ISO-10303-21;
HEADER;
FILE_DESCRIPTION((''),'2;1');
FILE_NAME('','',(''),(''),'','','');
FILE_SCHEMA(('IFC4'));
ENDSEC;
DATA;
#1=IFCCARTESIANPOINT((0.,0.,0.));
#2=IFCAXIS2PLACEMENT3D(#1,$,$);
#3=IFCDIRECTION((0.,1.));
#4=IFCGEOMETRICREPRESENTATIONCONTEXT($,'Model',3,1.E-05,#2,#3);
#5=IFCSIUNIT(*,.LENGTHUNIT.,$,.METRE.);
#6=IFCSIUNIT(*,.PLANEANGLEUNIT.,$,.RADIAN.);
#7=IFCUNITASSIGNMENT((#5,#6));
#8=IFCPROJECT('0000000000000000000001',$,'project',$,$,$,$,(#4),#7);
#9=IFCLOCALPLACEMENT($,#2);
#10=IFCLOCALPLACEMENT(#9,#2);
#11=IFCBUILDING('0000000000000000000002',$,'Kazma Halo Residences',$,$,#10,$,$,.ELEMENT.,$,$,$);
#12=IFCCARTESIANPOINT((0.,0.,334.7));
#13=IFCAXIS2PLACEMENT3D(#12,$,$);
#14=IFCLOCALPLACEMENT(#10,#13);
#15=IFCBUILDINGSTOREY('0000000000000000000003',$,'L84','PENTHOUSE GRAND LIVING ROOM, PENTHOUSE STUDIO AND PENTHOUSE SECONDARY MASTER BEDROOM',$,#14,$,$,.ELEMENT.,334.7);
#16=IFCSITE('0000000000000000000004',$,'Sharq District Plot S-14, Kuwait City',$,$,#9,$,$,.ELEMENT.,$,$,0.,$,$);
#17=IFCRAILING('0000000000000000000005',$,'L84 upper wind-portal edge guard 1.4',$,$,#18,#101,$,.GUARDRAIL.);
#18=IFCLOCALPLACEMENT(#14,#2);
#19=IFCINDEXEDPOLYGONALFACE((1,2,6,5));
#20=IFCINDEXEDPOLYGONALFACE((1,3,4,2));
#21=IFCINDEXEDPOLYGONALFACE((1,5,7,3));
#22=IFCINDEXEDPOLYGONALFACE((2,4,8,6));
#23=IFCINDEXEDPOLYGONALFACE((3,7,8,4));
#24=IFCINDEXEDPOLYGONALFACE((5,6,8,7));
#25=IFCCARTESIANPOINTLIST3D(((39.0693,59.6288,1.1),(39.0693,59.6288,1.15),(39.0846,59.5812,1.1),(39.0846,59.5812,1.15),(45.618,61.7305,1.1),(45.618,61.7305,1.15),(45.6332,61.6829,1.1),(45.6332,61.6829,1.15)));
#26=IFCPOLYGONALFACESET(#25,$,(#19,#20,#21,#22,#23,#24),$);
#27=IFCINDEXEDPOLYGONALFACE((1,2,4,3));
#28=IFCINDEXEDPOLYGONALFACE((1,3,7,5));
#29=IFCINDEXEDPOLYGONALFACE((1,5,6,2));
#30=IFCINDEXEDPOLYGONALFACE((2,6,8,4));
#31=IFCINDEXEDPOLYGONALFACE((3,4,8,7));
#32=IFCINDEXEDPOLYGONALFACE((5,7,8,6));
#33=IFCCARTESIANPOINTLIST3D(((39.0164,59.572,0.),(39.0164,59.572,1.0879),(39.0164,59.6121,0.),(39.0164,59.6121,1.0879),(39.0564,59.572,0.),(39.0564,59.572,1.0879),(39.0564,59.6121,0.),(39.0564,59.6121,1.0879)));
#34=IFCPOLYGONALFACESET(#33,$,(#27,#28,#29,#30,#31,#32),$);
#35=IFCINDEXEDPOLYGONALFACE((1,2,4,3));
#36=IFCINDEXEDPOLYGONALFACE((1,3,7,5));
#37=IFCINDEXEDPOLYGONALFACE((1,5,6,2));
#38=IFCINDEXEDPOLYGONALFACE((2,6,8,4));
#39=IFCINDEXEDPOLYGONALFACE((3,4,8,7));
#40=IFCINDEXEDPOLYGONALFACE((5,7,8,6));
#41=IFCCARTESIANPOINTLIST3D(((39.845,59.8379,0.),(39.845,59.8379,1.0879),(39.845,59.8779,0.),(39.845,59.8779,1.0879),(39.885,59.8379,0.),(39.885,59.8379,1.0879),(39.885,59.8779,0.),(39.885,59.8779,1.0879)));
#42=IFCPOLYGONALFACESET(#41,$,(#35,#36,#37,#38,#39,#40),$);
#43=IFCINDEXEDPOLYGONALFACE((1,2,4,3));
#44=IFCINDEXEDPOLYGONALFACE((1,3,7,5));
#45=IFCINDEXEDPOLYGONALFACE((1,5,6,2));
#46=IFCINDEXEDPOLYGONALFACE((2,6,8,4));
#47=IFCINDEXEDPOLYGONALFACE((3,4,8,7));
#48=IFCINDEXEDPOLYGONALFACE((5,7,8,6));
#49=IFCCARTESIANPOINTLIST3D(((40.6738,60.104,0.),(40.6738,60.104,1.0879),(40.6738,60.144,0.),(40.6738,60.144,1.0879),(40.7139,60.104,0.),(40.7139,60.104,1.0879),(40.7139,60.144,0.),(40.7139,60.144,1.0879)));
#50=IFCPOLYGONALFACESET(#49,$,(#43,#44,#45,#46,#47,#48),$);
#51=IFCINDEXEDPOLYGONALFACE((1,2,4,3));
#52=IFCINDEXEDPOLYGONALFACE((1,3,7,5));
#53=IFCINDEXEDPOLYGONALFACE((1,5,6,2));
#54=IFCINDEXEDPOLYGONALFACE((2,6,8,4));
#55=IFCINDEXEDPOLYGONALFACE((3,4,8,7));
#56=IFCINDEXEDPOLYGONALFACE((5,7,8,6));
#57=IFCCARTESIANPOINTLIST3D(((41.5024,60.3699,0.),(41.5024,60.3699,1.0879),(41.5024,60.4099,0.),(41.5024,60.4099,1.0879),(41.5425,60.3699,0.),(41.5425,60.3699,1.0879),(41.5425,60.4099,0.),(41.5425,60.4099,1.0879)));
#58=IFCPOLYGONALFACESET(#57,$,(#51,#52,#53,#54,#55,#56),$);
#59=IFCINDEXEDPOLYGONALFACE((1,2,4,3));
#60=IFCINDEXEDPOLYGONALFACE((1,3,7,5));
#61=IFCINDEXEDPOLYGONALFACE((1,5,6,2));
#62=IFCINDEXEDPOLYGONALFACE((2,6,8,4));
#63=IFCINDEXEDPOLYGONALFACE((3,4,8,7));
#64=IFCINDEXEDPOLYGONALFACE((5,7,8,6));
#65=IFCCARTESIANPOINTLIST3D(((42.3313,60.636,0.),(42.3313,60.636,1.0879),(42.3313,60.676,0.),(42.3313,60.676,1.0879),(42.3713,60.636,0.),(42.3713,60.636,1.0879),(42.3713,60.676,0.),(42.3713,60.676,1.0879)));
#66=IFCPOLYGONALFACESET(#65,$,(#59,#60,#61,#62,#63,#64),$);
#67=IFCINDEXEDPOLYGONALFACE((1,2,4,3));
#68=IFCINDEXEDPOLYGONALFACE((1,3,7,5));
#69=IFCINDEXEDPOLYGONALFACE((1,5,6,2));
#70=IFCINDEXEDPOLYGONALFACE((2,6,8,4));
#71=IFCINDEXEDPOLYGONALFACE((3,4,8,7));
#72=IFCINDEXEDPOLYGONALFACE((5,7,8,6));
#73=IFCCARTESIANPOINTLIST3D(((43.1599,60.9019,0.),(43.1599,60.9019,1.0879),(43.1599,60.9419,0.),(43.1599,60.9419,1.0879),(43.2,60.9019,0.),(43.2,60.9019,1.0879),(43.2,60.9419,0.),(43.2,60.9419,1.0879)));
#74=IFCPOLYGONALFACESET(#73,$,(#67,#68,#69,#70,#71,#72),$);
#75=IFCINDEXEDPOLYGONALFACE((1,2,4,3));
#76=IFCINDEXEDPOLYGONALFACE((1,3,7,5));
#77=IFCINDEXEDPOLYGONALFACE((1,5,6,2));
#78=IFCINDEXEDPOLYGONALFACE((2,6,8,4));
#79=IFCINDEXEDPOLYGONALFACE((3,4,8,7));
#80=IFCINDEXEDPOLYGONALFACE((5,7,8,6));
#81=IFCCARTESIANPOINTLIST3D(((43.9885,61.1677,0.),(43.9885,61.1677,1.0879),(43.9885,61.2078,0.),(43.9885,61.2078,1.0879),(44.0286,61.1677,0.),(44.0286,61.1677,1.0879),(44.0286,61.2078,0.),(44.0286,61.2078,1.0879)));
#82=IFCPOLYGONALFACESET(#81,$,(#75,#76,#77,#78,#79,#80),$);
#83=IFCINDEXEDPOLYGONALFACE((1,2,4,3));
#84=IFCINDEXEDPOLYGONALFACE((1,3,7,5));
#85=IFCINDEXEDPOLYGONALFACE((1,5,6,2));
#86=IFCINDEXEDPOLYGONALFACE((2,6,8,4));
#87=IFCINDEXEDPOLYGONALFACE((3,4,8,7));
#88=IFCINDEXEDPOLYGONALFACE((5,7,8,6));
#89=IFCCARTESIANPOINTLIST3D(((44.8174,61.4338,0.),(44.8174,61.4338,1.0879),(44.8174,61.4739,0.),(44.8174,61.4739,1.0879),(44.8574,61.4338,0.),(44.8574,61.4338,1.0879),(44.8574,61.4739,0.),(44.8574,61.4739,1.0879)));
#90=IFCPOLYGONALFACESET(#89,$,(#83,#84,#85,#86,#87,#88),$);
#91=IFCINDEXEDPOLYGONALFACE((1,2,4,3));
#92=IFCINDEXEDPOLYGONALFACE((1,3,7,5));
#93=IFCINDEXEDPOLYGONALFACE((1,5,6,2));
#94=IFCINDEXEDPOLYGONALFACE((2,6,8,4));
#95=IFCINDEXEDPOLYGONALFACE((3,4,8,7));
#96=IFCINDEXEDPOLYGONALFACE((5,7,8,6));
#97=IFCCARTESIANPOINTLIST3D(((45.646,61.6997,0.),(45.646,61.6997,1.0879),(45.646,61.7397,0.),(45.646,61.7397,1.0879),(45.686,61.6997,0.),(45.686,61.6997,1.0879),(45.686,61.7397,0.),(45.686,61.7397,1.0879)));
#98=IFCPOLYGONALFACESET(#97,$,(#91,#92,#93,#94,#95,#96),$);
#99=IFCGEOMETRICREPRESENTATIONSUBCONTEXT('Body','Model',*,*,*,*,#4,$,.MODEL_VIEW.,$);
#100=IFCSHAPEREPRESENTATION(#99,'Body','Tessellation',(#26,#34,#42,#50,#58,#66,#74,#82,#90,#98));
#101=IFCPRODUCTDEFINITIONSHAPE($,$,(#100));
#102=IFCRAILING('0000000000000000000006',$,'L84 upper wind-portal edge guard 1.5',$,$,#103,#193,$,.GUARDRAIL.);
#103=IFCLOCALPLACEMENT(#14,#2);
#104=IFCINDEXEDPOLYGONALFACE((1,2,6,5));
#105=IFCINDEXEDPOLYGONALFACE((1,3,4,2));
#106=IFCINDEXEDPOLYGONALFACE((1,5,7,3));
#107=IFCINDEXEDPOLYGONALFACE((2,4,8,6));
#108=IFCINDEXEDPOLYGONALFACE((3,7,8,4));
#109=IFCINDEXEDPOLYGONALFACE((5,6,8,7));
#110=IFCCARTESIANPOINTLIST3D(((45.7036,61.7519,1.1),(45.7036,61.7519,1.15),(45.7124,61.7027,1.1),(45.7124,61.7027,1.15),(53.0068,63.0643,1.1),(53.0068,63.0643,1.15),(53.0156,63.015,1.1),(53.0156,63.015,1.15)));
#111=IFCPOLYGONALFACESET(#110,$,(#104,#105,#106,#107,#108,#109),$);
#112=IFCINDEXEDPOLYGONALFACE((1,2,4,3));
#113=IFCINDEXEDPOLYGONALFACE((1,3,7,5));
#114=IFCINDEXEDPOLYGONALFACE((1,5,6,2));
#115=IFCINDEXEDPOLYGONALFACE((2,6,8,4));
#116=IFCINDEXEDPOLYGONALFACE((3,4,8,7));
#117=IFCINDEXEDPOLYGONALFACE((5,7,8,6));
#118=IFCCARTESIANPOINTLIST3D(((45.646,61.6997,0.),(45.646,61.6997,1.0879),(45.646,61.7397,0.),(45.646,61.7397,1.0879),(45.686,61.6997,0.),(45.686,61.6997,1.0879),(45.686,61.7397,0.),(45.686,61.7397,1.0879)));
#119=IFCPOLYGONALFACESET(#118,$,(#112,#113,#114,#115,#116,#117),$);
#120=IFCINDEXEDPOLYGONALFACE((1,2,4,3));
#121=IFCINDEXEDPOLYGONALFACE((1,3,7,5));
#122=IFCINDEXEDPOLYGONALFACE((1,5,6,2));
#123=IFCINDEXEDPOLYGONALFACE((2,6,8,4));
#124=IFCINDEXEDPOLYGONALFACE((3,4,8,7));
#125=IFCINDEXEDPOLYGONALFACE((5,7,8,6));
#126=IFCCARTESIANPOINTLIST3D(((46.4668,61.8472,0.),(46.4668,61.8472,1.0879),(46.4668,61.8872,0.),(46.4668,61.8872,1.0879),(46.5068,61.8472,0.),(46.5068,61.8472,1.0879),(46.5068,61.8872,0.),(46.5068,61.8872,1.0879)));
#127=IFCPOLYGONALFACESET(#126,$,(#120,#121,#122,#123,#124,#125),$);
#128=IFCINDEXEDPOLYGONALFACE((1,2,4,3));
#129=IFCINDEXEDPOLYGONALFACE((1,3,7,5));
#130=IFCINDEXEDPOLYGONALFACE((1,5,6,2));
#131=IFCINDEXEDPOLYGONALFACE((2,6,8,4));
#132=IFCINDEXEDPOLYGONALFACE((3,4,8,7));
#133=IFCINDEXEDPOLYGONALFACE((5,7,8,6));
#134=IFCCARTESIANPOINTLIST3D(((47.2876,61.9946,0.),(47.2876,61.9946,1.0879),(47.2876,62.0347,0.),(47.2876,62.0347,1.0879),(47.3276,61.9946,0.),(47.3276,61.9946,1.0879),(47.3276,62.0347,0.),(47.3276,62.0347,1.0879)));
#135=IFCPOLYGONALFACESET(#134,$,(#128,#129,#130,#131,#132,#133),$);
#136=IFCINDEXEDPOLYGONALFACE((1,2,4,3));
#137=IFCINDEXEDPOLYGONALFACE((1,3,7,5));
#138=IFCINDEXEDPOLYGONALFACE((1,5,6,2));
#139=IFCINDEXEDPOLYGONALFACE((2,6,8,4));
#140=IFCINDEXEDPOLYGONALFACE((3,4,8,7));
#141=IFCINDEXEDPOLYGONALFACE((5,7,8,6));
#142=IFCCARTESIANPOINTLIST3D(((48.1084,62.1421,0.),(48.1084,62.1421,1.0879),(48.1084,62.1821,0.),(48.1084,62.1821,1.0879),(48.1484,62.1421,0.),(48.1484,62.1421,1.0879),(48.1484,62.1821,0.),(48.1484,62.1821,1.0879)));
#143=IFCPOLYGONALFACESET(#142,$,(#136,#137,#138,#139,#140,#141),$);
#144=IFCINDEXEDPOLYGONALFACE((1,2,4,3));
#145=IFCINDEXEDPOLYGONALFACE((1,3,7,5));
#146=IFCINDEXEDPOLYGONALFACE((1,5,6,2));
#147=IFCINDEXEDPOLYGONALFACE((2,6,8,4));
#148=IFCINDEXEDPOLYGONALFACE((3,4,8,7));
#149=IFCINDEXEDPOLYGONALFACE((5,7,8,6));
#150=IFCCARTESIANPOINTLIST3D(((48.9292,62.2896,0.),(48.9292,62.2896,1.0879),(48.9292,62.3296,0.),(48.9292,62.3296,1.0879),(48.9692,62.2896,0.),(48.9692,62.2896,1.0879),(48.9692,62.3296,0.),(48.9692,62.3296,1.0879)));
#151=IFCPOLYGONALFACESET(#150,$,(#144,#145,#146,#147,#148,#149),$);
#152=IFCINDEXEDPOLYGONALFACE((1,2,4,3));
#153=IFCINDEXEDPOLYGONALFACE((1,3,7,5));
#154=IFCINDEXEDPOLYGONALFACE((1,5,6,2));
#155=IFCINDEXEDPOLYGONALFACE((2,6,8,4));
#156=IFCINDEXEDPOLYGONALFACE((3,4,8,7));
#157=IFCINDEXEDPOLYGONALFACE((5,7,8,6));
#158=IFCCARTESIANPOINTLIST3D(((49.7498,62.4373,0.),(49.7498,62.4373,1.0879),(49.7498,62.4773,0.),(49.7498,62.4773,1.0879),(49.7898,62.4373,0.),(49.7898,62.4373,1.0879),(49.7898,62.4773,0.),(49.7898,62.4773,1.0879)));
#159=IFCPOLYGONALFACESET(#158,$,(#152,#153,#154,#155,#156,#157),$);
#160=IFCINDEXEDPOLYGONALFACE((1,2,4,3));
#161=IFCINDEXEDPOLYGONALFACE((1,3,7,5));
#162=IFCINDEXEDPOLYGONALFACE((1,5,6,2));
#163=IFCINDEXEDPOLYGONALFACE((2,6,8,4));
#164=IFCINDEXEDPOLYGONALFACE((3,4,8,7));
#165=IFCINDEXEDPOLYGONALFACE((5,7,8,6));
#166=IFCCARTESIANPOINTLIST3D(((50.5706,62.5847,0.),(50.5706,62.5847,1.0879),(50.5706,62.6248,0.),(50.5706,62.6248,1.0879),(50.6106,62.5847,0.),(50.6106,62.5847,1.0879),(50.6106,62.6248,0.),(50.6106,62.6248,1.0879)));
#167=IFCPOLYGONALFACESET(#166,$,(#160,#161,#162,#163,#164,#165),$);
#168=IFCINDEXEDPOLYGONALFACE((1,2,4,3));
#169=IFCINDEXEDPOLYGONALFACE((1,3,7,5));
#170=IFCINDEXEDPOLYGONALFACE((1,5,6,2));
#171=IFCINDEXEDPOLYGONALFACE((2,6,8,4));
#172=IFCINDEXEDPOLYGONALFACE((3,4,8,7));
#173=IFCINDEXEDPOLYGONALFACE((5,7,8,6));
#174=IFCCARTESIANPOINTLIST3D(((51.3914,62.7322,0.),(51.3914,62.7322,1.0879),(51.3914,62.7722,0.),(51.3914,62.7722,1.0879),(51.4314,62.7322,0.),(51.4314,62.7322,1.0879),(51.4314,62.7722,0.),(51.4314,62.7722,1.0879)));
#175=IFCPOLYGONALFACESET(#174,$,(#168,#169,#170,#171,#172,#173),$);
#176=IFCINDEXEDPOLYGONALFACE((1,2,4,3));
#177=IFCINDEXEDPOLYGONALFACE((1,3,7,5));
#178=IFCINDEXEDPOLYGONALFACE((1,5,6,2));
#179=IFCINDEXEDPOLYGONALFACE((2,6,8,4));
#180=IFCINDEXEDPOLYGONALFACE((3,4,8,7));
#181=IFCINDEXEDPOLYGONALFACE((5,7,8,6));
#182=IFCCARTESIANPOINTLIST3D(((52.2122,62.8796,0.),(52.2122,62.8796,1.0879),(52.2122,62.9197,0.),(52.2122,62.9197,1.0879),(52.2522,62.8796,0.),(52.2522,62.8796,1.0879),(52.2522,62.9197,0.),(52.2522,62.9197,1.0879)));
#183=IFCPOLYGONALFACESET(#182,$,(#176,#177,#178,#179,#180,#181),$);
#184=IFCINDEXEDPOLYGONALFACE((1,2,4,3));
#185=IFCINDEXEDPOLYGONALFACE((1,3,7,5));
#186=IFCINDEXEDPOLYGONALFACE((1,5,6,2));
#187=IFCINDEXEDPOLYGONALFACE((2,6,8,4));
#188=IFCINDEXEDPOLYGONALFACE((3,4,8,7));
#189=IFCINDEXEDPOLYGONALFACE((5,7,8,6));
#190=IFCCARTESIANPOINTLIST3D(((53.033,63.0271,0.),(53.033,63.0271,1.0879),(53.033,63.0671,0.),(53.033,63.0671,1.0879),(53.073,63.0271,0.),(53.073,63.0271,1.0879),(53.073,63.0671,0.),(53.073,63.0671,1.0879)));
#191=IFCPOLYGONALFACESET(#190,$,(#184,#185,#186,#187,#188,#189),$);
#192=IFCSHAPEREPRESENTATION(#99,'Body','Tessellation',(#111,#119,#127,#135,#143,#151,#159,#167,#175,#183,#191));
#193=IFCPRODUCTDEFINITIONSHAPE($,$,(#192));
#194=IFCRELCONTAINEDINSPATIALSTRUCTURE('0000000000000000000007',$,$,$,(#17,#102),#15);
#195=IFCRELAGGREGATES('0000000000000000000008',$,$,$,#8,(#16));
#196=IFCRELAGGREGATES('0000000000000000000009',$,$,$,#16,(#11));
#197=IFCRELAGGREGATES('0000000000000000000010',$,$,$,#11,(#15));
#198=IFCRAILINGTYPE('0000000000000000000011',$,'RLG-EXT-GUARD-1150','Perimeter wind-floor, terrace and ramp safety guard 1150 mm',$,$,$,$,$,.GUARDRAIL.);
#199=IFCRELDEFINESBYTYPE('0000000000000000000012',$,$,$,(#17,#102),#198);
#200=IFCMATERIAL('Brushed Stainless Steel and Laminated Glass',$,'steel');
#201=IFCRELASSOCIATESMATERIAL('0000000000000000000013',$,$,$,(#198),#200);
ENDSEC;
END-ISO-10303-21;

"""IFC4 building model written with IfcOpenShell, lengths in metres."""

from ifc_helpers import new_model, si_unit, direction, frame, origin, origin_2d, place, context, subcontext, project, spatial, rectangle, extrude, material, type_object, element, save


model = new_model("IFC4")

# Units and contexts
model_context = context("Model", 3, precision=1e-05, world=origin(), true_north=direction((0.0, 1.0)))
body_context = subcontext(model_context, "Body", "Model", "MODEL_VIEW")
ifc_project = project(units=[si_unit("LENGTHUNIT", "METRE"), si_unit("PLANEANGLEUNIT", "RADIAN")], contexts=[model_context])

# Site, building, storey
site_placement = place(None, origin())
site = spatial("IfcSite", under=ifc_project, at=site_placement, Name="Sharq District Plot S-14, Kuwait City", CompositionType="ELEMENT", RefElevation=0.0)
building_placement = place(site_placement, origin())
building = spatial("IfcBuilding", under=site, at=building_placement, Name="Kazma Halo Residences", CompositionType="ELEMENT")
storey_placement = place(building_placement, frame((0.0, 0.0, 334.7)))
storey = spatial("IfcBuildingStorey", under=building, at=storey_placement, Name="L84", Description="PENTHOUSE GRAND LIVING ROOM, PENTHOUSE STUDIO AND PENTHOUSE SECONDARY MASTER BEDROOM", CompositionType="ELEMENT", Elevation=334.7)

# Railings
ifc_material_1 = material(Name="Brushed Stainless Steel and Laminated Glass", Category="steel")
railing_type = type_object("IfcRailingType", Name="RLG-EXT-GUARD-1150", Description="Perimeter wind-floor, terrace and ramp safety guard 1150 mm", PredefinedType="GUARDRAIL", material=ifc_material_1)
railing_1_placement = place(storey_placement, frame((39.0364, 59.592, 0.0)))
element("IfcRailing", 1, at=railing_1_placement, inside=storey, type_object=railing_type, Name="L84 upper wind-portal edge guard 1.4", PredefinedType="GUARDRAIL", context=body_context, shape_type="SweptSolid", body=[
    extrude(rectangle(XDim=0.05, YDim=0.05, at=origin_2d()), frame((0.0405, 0.0129, 1.125), z_axis=(0.952165, 0.305584, 0.0), x_axis=(-0.305584, 0.952165, 0.0)), (0.0, 0.0, 1.0), 6.8777),
    extrude(rectangle(XDim=0.04, YDim=0.04, at=origin_2d()), origin(), (0.0, 0.0, 1.0), 1.0879),
    extrude(rectangle(XDim=0.04, YDim=0.04, at=origin_2d()), frame((0.8286, 0.2659, 0.0)), (0.0, 0.0, 1.0), 1.0879),
    extrude(rectangle(XDim=0.04, YDim=0.04, at=origin_2d()), frame((1.6575, 0.532, 0.0)), (0.0, 0.0, 1.0), 1.0879),
    extrude(rectangle(XDim=0.04, YDim=0.04, at=origin_2d()), frame((2.4861, 0.7979, 0.0)), (0.0, 0.0, 1.0), 1.0879),
    extrude(rectangle(XDim=0.04, YDim=0.04, at=origin_2d()), frame((3.3149, 1.064, 0.0)), (0.0, 0.0, 1.0), 1.0879),
    extrude(rectangle(XDim=0.04, YDim=0.04, at=origin_2d()), frame((4.1436, 1.3298, 0.0)), (0.0, 0.0, 1.0), 1.0879),
    extrude(rectangle(XDim=0.04, YDim=0.04, at=origin_2d()), frame((4.9722, 1.5957, 0.0)), (0.0, 0.0, 1.0), 1.0879),
    extrude(rectangle(XDim=0.04, YDim=0.04, at=origin_2d()), frame((5.801, 1.8618, 0.0)), (0.0, 0.0, 1.0), 1.0879),
    extrude(rectangle(XDim=0.04, YDim=0.04, at=origin_2d()), frame((6.6296, 2.1277, 0.0)), (0.0, 0.0, 1.0), 1.0879),
])
railing_2_placement = place(storey_placement, frame((45.666, 61.7197, 0.0)))
element("IfcRailing", 2, at=railing_2_placement, inside=storey, type_object=railing_type, Name="L84 upper wind-portal edge guard 1.5", PredefinedType="GUARDRAIL", context=body_context, shape_type="SweptSolid", body=[
    extrude(rectangle(XDim=0.05, YDim=0.05, at=origin_2d()), frame((0.042, 0.0076, 1.125), z_axis=(0.984236, 0.176861, 0.0), x_axis=(-0.176861, 0.984236, 0.0)), (0.0, 0.0, 1.0), 7.4202),
    extrude(rectangle(XDim=0.04, YDim=0.04, at=origin_2d()), origin(), (0.0, 0.0, 1.0), 1.0879),
    extrude(rectangle(XDim=0.04, YDim=0.04, at=origin_2d()), frame((0.8208, 0.1475, 0.0)), (0.0, 0.0, 1.0), 1.0879),
    extrude(rectangle(XDim=0.04, YDim=0.04, at=origin_2d()), frame((1.6416, 0.2949, 0.0)), (0.0, 0.0, 1.0), 1.0879),
    extrude(rectangle(XDim=0.04, YDim=0.04, at=origin_2d()), frame((2.4624, 0.4424, 0.0)), (0.0, 0.0, 1.0), 1.0879),
    extrude(rectangle(XDim=0.04, YDim=0.04, at=origin_2d()), frame((3.2832, 0.5898, 0.0)), (0.0, 0.0, 1.0), 1.0879),
    extrude(rectangle(XDim=0.04, YDim=0.04, at=origin_2d()), frame((4.1038, 0.7375, 0.0)), (0.0, 0.0, 1.0), 1.0879),
    extrude(rectangle(XDim=0.04, YDim=0.04, at=origin_2d()), frame((4.9246, 0.885, 0.0)), (0.0, 0.0, 1.0), 1.0879),
    extrude(rectangle(XDim=0.04, YDim=0.04, at=origin_2d()), frame((5.7454, 1.0325, 0.0)), (0.0, 0.0, 1.0), 1.0879),
    extrude(rectangle(XDim=0.04, YDim=0.04, at=origin_2d()), frame((6.5662, 1.1799, 0.0)), (0.0, 0.0, 1.0), 1.0879),
    extrude(rectangle(XDim=0.04, YDim=0.04, at=origin_2d()), frame((7.387, 1.3274, 0.0)), (0.0, 0.0, 1.0), 1.0879),
])

save(model, "model.ifc")
